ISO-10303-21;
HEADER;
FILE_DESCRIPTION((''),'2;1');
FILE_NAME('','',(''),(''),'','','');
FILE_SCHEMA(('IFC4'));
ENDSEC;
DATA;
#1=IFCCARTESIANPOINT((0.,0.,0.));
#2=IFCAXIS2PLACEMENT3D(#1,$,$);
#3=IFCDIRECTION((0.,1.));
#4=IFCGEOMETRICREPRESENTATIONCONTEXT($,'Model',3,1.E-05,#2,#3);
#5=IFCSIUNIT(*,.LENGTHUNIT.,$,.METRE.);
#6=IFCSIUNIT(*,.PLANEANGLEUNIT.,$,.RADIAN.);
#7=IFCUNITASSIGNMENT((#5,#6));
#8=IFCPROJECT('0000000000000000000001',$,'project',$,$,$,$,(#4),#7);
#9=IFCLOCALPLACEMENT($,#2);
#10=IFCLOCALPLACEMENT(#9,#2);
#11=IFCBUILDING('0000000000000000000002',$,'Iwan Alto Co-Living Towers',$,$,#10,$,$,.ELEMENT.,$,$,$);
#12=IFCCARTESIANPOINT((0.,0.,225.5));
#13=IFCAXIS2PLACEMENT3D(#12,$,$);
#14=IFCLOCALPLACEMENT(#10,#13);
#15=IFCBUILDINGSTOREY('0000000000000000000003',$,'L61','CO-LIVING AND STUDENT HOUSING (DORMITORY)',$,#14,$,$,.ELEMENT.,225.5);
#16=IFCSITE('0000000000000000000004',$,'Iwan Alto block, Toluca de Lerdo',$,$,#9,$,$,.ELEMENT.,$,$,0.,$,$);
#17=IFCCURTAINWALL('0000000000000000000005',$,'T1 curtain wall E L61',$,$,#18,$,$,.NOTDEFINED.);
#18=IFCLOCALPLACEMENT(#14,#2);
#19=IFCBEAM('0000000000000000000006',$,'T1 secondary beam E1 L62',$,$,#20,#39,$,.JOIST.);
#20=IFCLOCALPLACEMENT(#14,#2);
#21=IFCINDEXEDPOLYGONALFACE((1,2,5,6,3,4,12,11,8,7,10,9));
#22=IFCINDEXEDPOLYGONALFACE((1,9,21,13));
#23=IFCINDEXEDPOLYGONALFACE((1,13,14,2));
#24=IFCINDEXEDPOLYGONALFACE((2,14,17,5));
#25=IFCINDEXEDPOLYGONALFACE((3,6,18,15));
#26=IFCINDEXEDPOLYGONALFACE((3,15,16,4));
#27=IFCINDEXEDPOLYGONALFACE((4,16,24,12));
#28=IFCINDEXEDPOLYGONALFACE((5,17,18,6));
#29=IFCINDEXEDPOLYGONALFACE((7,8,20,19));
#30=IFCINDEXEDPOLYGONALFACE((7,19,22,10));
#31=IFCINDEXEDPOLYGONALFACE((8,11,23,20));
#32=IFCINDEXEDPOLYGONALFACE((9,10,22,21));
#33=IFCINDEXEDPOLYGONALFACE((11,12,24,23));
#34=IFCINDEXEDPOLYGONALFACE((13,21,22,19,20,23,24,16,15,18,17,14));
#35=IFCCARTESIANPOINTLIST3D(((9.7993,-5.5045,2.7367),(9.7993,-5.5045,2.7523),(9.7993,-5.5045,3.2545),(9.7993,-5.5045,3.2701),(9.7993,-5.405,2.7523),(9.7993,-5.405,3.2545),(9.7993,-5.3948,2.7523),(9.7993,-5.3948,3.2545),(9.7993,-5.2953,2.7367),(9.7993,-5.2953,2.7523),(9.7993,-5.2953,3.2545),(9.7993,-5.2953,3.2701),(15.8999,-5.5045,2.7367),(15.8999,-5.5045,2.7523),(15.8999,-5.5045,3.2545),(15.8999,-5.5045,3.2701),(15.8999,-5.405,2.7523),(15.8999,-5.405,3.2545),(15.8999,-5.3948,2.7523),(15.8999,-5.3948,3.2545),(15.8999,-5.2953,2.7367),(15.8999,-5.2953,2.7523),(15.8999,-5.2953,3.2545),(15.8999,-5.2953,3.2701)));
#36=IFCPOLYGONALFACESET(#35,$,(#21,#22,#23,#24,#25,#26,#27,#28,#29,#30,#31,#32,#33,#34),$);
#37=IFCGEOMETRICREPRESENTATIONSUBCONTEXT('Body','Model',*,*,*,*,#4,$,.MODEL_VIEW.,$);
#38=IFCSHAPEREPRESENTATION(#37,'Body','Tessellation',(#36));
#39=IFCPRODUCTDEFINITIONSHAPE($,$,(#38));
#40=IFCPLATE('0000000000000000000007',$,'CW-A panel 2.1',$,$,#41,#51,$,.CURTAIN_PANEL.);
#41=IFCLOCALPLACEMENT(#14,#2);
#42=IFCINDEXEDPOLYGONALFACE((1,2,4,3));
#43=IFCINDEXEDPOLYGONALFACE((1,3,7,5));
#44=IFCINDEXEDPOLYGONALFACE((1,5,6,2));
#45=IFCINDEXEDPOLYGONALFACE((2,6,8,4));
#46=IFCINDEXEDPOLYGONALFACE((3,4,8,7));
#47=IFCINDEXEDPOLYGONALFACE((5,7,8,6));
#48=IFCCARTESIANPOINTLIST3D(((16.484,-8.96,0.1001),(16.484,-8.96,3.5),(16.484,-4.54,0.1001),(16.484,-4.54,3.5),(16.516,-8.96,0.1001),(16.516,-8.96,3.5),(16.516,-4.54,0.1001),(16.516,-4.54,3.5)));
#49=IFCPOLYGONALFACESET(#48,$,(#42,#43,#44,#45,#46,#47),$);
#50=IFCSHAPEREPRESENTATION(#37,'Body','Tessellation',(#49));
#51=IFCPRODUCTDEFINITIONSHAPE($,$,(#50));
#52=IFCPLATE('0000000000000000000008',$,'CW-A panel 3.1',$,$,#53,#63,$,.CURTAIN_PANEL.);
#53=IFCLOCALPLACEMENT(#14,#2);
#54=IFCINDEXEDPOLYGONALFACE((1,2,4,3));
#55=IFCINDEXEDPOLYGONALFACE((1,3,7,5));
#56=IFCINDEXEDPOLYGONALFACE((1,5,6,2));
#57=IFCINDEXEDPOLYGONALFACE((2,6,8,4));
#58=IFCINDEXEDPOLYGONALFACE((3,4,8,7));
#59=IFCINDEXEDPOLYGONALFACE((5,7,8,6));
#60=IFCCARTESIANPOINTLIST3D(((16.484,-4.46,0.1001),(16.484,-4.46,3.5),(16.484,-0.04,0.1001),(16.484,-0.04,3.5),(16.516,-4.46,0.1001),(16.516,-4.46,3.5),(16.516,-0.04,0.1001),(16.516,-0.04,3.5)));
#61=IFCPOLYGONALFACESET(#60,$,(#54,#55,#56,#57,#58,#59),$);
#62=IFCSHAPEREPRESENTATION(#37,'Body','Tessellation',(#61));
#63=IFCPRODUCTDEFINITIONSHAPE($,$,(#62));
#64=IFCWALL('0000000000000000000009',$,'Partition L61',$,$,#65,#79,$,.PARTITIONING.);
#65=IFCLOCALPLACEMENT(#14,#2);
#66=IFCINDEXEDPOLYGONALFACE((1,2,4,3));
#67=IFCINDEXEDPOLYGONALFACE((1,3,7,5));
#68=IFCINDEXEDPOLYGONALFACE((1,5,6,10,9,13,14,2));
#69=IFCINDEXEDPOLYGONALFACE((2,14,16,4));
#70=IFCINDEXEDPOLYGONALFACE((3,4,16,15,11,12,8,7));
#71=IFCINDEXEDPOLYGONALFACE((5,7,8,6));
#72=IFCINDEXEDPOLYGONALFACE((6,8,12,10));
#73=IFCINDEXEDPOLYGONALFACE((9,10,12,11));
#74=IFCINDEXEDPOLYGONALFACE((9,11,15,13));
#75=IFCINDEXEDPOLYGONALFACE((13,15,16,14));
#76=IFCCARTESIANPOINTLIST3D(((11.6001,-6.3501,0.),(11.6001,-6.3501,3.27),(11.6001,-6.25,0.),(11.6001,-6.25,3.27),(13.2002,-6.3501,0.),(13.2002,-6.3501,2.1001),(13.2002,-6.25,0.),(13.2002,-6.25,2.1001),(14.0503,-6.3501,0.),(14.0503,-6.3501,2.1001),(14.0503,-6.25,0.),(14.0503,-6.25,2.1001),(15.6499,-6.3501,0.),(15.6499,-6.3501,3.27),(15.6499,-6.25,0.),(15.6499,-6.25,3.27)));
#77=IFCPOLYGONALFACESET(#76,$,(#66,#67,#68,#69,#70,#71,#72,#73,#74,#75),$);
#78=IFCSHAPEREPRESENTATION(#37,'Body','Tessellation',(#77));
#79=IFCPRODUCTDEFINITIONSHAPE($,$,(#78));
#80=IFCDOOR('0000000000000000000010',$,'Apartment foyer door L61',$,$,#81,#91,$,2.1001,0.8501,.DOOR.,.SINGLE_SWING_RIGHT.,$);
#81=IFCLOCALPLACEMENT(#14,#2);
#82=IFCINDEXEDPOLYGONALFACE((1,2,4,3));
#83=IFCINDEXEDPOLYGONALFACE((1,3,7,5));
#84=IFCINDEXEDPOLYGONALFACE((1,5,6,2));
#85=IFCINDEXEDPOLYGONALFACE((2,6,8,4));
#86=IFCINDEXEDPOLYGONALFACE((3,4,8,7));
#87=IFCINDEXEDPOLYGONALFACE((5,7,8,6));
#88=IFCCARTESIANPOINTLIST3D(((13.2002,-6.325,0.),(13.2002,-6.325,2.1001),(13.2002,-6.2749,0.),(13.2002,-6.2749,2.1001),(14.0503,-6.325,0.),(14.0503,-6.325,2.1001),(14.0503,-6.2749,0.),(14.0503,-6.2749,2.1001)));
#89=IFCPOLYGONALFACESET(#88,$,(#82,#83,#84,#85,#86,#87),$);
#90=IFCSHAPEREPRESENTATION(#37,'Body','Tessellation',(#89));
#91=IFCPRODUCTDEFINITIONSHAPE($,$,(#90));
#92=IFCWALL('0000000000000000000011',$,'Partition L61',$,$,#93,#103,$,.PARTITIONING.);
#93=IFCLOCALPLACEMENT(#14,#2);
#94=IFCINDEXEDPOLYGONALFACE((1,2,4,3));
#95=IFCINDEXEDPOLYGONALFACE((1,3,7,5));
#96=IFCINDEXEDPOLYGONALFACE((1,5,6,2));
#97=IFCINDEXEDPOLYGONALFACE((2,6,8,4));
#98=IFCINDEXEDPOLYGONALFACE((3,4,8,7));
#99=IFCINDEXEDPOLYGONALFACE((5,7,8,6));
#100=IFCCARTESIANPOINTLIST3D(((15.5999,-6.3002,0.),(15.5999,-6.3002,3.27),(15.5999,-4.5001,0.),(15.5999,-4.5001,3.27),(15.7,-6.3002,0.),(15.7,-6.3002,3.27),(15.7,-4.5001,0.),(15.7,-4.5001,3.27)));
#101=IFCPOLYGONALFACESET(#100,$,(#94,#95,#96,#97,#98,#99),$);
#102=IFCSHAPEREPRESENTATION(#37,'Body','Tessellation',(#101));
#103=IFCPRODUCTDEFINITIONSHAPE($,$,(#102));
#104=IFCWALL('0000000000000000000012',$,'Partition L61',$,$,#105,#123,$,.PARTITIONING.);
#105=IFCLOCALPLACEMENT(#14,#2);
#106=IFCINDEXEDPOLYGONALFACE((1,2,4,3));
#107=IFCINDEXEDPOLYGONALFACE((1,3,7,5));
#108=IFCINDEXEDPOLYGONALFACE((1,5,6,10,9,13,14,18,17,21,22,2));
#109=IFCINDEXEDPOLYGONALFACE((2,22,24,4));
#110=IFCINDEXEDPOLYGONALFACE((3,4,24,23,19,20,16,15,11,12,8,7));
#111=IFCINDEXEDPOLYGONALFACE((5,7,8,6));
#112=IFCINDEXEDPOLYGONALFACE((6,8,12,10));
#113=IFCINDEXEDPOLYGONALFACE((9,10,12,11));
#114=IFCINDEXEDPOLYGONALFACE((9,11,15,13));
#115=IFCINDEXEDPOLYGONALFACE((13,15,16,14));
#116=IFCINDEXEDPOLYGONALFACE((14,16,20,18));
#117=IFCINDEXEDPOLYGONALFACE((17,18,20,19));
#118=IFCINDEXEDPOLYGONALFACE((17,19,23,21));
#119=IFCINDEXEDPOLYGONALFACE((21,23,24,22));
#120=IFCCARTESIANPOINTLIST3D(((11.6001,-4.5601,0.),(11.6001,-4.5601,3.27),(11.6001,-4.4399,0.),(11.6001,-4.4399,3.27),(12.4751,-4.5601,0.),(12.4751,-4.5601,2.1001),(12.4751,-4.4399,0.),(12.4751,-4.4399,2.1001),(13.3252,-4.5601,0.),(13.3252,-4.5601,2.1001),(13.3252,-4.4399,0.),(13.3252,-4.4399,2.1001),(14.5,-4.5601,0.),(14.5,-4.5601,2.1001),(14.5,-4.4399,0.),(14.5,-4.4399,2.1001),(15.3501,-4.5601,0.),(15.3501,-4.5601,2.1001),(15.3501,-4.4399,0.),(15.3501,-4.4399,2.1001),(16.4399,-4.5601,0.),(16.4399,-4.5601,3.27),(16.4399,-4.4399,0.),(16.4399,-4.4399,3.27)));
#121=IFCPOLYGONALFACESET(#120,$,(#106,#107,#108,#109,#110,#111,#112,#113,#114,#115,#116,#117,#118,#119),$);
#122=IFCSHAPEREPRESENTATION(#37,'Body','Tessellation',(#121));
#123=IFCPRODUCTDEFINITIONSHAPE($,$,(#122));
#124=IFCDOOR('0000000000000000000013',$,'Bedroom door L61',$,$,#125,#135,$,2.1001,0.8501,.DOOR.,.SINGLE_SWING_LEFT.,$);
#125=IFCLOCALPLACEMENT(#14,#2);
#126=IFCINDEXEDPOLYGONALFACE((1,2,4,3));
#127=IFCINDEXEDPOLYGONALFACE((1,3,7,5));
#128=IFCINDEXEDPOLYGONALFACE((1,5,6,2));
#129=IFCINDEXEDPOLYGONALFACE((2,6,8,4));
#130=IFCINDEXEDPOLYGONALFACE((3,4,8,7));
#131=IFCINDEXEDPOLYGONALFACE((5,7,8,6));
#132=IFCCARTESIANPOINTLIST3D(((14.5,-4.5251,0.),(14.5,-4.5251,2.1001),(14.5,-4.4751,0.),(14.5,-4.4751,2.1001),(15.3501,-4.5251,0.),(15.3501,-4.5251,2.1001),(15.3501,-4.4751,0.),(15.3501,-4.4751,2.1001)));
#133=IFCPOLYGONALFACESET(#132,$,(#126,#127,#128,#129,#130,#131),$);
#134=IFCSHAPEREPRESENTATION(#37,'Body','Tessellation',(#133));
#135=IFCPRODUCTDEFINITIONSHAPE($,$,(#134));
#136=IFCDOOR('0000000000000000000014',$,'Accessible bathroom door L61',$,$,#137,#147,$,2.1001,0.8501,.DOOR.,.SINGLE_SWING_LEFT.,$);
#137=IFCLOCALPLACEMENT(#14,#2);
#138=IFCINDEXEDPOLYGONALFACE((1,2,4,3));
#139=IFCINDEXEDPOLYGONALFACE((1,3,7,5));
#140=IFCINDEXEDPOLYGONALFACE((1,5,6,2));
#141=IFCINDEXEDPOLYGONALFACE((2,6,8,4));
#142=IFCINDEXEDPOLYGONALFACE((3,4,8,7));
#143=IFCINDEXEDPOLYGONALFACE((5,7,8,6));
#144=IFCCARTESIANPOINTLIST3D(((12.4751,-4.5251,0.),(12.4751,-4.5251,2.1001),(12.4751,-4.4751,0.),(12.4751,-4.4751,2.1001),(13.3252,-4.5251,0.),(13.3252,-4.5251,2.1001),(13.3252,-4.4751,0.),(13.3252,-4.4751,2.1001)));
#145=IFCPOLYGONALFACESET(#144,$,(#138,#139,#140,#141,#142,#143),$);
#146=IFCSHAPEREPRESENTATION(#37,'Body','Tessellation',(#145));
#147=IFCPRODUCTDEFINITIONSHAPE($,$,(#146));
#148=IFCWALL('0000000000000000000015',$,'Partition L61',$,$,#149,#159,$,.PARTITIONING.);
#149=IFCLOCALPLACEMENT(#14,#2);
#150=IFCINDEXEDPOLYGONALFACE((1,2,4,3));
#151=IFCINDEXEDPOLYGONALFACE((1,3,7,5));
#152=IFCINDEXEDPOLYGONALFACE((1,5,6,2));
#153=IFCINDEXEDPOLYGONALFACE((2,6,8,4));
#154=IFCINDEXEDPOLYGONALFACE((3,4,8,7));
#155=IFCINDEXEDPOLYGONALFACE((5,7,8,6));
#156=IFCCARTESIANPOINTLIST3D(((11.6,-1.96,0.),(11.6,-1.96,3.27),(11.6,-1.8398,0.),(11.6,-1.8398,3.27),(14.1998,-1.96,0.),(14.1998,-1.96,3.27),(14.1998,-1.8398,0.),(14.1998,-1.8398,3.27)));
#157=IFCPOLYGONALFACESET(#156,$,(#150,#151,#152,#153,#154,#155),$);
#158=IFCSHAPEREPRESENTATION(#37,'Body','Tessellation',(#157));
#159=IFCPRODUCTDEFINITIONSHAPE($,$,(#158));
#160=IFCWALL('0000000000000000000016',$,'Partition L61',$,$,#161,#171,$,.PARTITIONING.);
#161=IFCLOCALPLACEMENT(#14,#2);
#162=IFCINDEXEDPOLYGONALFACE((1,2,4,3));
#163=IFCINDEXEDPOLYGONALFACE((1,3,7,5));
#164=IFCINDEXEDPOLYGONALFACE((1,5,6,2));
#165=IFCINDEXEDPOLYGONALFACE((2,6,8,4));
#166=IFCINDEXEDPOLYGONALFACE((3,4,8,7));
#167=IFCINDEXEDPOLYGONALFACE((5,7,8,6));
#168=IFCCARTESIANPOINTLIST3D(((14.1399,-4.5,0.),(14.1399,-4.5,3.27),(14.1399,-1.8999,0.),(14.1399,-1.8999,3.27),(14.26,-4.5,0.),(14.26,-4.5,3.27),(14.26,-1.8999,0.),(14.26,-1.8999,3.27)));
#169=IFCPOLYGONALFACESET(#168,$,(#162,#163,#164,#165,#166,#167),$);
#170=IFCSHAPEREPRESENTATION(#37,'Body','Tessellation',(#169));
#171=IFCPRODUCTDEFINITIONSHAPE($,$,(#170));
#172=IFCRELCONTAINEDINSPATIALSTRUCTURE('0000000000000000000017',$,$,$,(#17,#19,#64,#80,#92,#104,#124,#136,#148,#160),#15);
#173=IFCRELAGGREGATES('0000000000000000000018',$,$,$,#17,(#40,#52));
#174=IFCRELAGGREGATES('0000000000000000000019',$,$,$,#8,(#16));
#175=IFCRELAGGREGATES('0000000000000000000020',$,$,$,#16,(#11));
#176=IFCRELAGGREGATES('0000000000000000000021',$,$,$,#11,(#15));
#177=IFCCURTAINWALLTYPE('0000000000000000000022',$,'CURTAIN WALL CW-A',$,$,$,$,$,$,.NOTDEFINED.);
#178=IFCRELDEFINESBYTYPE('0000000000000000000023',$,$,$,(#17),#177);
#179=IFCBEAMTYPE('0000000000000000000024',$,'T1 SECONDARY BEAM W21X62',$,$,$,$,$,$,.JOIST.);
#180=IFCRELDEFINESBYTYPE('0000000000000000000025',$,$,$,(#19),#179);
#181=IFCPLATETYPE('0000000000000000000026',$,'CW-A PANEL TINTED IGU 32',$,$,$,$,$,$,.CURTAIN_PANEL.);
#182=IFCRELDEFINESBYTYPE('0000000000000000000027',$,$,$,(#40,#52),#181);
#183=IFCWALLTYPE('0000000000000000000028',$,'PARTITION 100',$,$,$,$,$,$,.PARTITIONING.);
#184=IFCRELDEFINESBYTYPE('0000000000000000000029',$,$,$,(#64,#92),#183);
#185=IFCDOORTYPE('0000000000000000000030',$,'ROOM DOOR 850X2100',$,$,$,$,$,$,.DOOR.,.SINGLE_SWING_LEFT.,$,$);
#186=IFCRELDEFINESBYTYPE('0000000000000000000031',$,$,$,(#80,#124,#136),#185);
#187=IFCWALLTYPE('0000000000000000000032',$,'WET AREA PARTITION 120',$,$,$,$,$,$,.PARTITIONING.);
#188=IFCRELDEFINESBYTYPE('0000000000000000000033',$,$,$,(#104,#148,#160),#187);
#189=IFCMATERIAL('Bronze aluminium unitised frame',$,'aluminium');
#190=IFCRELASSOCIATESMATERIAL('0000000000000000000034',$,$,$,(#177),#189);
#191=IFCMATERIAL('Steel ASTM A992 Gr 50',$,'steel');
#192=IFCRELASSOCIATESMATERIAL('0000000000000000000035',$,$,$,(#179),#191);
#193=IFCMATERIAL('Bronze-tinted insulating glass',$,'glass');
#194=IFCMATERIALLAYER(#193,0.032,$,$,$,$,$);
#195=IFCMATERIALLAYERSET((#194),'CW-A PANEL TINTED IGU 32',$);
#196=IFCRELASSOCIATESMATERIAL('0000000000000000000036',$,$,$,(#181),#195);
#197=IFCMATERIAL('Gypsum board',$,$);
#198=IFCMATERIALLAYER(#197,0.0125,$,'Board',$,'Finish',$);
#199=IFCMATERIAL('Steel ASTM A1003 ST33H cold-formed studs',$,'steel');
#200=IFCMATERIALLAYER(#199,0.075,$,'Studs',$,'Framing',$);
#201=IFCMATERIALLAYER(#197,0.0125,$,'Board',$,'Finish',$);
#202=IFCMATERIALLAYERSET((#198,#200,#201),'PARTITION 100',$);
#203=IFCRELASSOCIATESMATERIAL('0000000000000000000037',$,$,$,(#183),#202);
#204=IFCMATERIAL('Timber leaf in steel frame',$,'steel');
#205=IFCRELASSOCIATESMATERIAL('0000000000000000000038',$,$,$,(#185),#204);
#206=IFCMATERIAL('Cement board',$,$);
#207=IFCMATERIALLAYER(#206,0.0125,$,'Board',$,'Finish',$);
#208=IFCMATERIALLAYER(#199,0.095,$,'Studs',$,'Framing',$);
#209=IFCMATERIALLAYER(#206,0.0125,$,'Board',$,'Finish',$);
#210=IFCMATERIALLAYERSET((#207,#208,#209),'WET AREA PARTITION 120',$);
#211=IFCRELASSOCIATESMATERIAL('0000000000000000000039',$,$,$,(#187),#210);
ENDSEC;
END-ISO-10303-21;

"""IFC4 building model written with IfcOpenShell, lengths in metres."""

from ifc_helpers import new_model, si_unit, direction, frame, frame_2d, origin, origin_2d, place, context, subcontext, project, spatial, rectangle, i_section, extrude, material, layer, layer_set, material_profile, profile_set, type_object, element, fill, aggregate, save


model = new_model("IFC4")

# Units and contexts
model_context = context("Model", 3, precision=1e-05, world=origin(), true_north=direction((0.0, 1.0)))
body_context = subcontext(model_context, "Body", "Model", "MODEL_VIEW")
ifc_project = project(units=[si_unit("LENGTHUNIT", "METRE"), si_unit("PLANEANGLEUNIT", "RADIAN")], contexts=[model_context])

# Site, building, storey
site_placement = place(None, origin())
site = spatial("IfcSite", under=ifc_project, at=site_placement, Name="Iwan Alto block, Toluca de Lerdo", CompositionType="ELEMENT", RefElevation=0.0)
building_placement = place(site_placement, origin())
building = spatial("IfcBuilding", under=site, at=building_placement, Name="Iwan Alto Co-Living Towers", CompositionType="ELEMENT")
storey_placement = place(building_placement, frame((0.0, 0.0, 225.5)))
storey = spatial("IfcBuildingStorey", under=building, at=storey_placement, Name="L61", Description="CO-LIVING AND STUDENT HOUSING (DORMITORY)", CompositionType="ELEMENT", Elevation=225.5)

# Curtain wall
ifc_material_1 = material(Name="Bronze aluminium unitised frame", Category="aluminium")
curtain_wall_type = type_object("IfcCurtainWallType", Name="CURTAIN WALL CW-A", PredefinedType="NOTDEFINED", material=ifc_material_1)
curtain_wall_placement = place(storey_placement, origin())
curtain_wall = element("IfcCurtainWall", 1, at=curtain_wall_placement, inside=storey, type_object=curtain_wall_type, Name="T1 curtain wall E L61", PredefinedType="NOTDEFINED")

# Beam
ifc_material_2 = material(Name="Steel ASTM A992 Gr 50", Category="steel")
ifc_material_profile_1 = material_profile(ifc_material_2, i_section(OverallWidth=0.2092, OverallDepth=0.5334, WebThickness=0.0103, FlangeThickness=0.0156, at=origin_2d()), Name="W21X62")
ifc_profile_set_1 = profile_set([ifc_material_profile_1], Name="Steel ASTM A992 Gr 50")
beam_type_1 = type_object("IfcBeamType", Name="T1 SECONDARY BEAM W21X62", PredefinedType="JOIST", material=ifc_profile_set_1)
beam_1_placement = place(storey_placement, frame((15.8999, -5.3999, 3.0034), z_axis=(-1.0, 0.0, 0.0), x_axis=(0.0, -1.0, 0.0)))
element("IfcBeam", 2, at=beam_1_placement, inside=storey, type_object=beam_type_1, Name="T1 secondary beam E1 L62", PredefinedType="JOIST", context=body_context, shape_type="SweptSolid", body=[
    extrude(i_section(OverallWidth=0.2092, OverallDepth=0.5334, WebThickness=0.0103, FlangeThickness=0.0156, at=origin_2d()), origin(), (0.0, 0.0, 1.0), 6.1006),
])

# Plates
ifc_material_3 = material(Name="Bronze-tinted insulating glass", Category="glass")
ifc_layer_1 = layer(ifc_material_3, 0.032)
ifc_layer_set_1 = layer_set([ifc_layer_1], Name="CW-A PANEL TINTED IGU 32")
plate_type = type_object("IfcPlateType", Name="CW-A PANEL TINTED IGU 32", PredefinedType="CURTAIN_PANEL", material=ifc_layer_set_1)
plate_1_placement = place(storey_placement, frame((16.5, -6.75, 0.1001), z_axis=(0.0, 0.0, 1.0), x_axis=(0.0, 1.0, 0.0)))
plate_1 = element("IfcPlate", 3, at=plate_1_placement, type_object=plate_type, Name="CW-A panel 2.1", PredefinedType="CURTAIN_PANEL", context=body_context, shape_type="SweptSolid", body=[
    extrude(rectangle(XDim=4.4199, YDim=0.032, at=origin_2d()), origin(), (0.0, 0.0, 1.0), 3.3999),
])
plate_2_placement = place(storey_placement, frame((16.5, -2.25, 0.1001), z_axis=(0.0, 0.0, 1.0), x_axis=(0.0, 1.0, 0.0)))
plate_2 = element("IfcPlate", 4, at=plate_2_placement, type_object=plate_type, Name="CW-A panel 3.1", PredefinedType="CURTAIN_PANEL", context=body_context, shape_type="SweptSolid", body=[
    extrude(rectangle(XDim=4.4199, YDim=0.032, at=origin_2d()), origin(), (0.0, 0.0, 1.0), 3.3999),
])
aggregate(curtain_wall, [plate_1, plate_2])

# Wall, opening, door
ifc_material_4 = material(Name="Gypsum board")
ifc_layer_2 = layer(ifc_material_4, 0.0125, Name="Board", Category="Finish")
ifc_material_5 = material(Name="Steel ASTM A1003 ST33H cold-formed studs", Category="steel")
ifc_layer_3 = layer(ifc_material_5, 0.075, Name="Studs", Category="Framing")
ifc_layer_4 = layer(ifc_material_4, 0.0125, Name="Board", Category="Finish")
ifc_layer_set_2 = layer_set([ifc_layer_2, ifc_layer_3, ifc_layer_4], Name="PARTITION 100")
wall_type_1 = type_object("IfcWallType", Name="PARTITION 100", PredefinedType="PARTITIONING", material=ifc_layer_set_2)
wall_1_placement = place(storey_placement, frame((11.6001, -6.3, 0.0), z_axis=(0.0, 0.0, 1.0), x_axis=(1.0, 0.0, 0.0)))
wall_1 = element("IfcWall", 5, at=wall_1_placement, inside=storey, type_object=wall_type_1, Name="Partition L61", PredefinedType="PARTITIONING", context=body_context, shape_type="SweptSolid", body=[
    extrude(rectangle(XDim=4.0498, YDim=0.1001, at=frame_2d((2.0249, 0.0))), origin(), (0.0, 0.0, 1.0), 3.27),
])
opening_1_placement = place(wall_1_placement, frame((1.6001, 0.0, 0.0)))
opening_1 = element("IfcOpeningElement", 6, at=opening_1_placement, cuts=wall_1, PredefinedType="OPENING", context=body_context, shape_type="SweptSolid", body=[
    extrude(rectangle(XDim=0.8501, YDim=2.1001, at=frame_2d((0.425, 1.05))), frame((0.0, 0.0601, 0.0), z_axis=(0.0, -1.0, 0.0), x_axis=(1.0, 0.0, 0.0)), (0.0, 0.0, 1.0), 0.1201),
])
ifc_material_6 = material(Name="Timber leaf in steel frame", Category="steel")
door_type = type_object("IfcDoorType", Name="ROOM DOOR 850X2100", OperationType="SINGLE_SWING_LEFT", PredefinedType="DOOR", material=ifc_material_6)
door_1_placement = place(opening_1_placement, frame((0.8501, 0.0, 0.0), z_axis=(0.0, 0.0, 1.0), x_axis=(-1.0, 0.0, 0.0)))
door_1 = element("IfcDoor", 7, at=door_1_placement, inside=storey, type_object=door_type, Name="Apartment foyer door L61", OperationType="SINGLE_SWING_RIGHT", OverallHeight=2.1001, OverallWidth=0.8501, PredefinedType="DOOR", context=body_context, shape_type="SweptSolid", body=[
    extrude(rectangle(XDim=0.8501, YDim=2.1001, at=frame_2d((0.425, 1.05))), frame((0.0, 0.0249, 0.0), z_axis=(0.0, -1.0, 0.0), x_axis=(1.0, 0.0, 0.0)), (0.0, 0.0, 1.0), 0.05),
])
fill(opening_1, door_1)

# Wall
wall_2_placement = place(storey_placement, frame((15.6499, -6.3, 0.0), z_axis=(0.0, 0.0, 1.0), x_axis=(0.0, 1.0, 0.0)))
element("IfcWall", 8, at=wall_2_placement, inside=storey, type_object=wall_type_1, Name="Partition L61", PredefinedType="PARTITIONING", context=body_context, shape_type="SweptSolid", body=[
    extrude(rectangle(XDim=1.8, YDim=0.1001, at=frame_2d((0.8999, 0.0))), origin(), (0.0, 0.0, 1.0), 3.27),
])

# Wall, openings, doors
ifc_material_7 = material(Name="Cement board")
ifc_layer_5 = layer(ifc_material_7, 0.0125, Name="Board", Category="Finish")
ifc_layer_6 = layer(ifc_material_5, 0.095, Name="Studs", Category="Framing")
ifc_layer_7 = layer(ifc_material_7, 0.0125, Name="Board", Category="Finish")
ifc_layer_set_3 = layer_set([ifc_layer_5, ifc_layer_6, ifc_layer_7], Name="WET AREA PARTITION 120")
wall_type_2 = type_object("IfcWallType", Name="WET AREA PARTITION 120", PredefinedType="PARTITIONING", material=ifc_layer_set_3)
wall_3_placement = place(storey_placement, frame((11.6001, -4.5, 0.0), z_axis=(0.0, 0.0, 1.0), x_axis=(1.0, 0.0, 0.0)))
wall_3 = element("IfcWall", 9, at=wall_3_placement, inside=storey, type_object=wall_type_2, Name="Partition L61", PredefinedType="PARTITIONING", context=body_context, shape_type="SweptSolid", body=[
    extrude(rectangle(XDim=4.8398, YDim=0.1201, at=frame_2d((2.4199, 0.0))), origin(), (0.0, 0.0, 1.0), 3.27),
])
opening_2_placement = place(wall_3_placement, frame((2.8999, 0.0, 0.0)))
opening_2 = element("IfcOpeningElement", 10, at=opening_2_placement, cuts=wall_3, PredefinedType="OPENING", context=body_context, shape_type="SweptSolid", body=[
    extrude(rectangle(XDim=0.8501, YDim=2.1001, at=frame_2d((0.425, 1.05))), frame((0.0, 0.0701, 0.0), z_axis=(0.0, -1.0, 0.0), x_axis=(1.0, 0.0, 0.0)), (0.0, 0.0, 1.0), 0.1401),
])
opening_3_placement = place(wall_3_placement, frame((0.875, 0.0, 0.0)))
opening_3 = element("IfcOpeningElement", 11, at=opening_3_placement, cuts=wall_3, PredefinedType="OPENING", context=body_context, shape_type="SweptSolid", body=[
    extrude(rectangle(XDim=0.8501, YDim=2.1001, at=frame_2d((0.425, 1.05))), frame((0.0, 0.0701, 0.0), z_axis=(0.0, -1.0, 0.0), x_axis=(1.0, 0.0, 0.0)), (0.0, 0.0, 1.0), 0.1401),
])
door_2_placement = place(opening_2_placement, origin())
door_2 = element("IfcDoor", 12, at=door_2_placement, inside=storey, type_object=door_type, Name="Bedroom door L61", OperationType="SINGLE_SWING_LEFT", OverallHeight=2.1001, OverallWidth=0.8501, PredefinedType="DOOR", context=body_context, shape_type="SweptSolid", body=[
    extrude(rectangle(XDim=0.8501, YDim=2.1001, at=frame_2d((0.425, 1.05))), frame((0.0, 0.0249, 0.0), z_axis=(0.0, -1.0, 0.0), x_axis=(1.0, 0.0, 0.0)), (0.0, 0.0, 1.0), 0.05),
])
fill(opening_2, door_2)
door_3_placement = place(opening_3_placement, origin())
door_3 = element("IfcDoor", 13, at=door_3_placement, inside=storey, type_object=door_type, Name="Accessible bathroom door L61", OperationType="SINGLE_SWING_LEFT", OverallHeight=2.1001, OverallWidth=0.8501, PredefinedType="DOOR", context=body_context, shape_type="SweptSolid", body=[
    extrude(rectangle(XDim=0.8501, YDim=2.1001, at=frame_2d((0.425, 1.05))), frame((0.0, 0.0249, 0.0), z_axis=(0.0, -1.0, 0.0), x_axis=(1.0, 0.0, 0.0)), (0.0, 0.0, 1.0), 0.05),
])
fill(opening_3, door_3)

# Walls
wall_4_placement = place(storey_placement, frame((11.6001, -1.8999, 0.0), z_axis=(0.0, 0.0, 1.0), x_axis=(1.0, 0.0, 0.0)))
element("IfcWall", 14, at=wall_4_placement, inside=storey, type_object=wall_type_2, Name="Partition L61", PredefinedType="PARTITIONING", context=body_context, shape_type="SweptSolid", body=[
    extrude(rectangle(XDim=2.5999, YDim=0.1201, at=frame_2d((1.2998, 0.0))), origin(), (0.0, 0.0, 1.0), 3.27),
])
wall_5_placement = place(storey_placement, frame((14.2, -4.5, 0.0), z_axis=(0.0, 0.0, 1.0), x_axis=(0.0, 1.0, 0.0)))
element("IfcWall", 15, at=wall_5_placement, inside=storey, type_object=wall_type_2, Name="Partition L61", PredefinedType="PARTITIONING", context=body_context, shape_type="SweptSolid", body=[
    extrude(rectangle(XDim=2.6001, YDim=0.1201, at=frame_2d((1.3, 0.0))), origin(), (0.0, 0.0, 1.0), 3.27),
])

save(model, "model.ifc")
